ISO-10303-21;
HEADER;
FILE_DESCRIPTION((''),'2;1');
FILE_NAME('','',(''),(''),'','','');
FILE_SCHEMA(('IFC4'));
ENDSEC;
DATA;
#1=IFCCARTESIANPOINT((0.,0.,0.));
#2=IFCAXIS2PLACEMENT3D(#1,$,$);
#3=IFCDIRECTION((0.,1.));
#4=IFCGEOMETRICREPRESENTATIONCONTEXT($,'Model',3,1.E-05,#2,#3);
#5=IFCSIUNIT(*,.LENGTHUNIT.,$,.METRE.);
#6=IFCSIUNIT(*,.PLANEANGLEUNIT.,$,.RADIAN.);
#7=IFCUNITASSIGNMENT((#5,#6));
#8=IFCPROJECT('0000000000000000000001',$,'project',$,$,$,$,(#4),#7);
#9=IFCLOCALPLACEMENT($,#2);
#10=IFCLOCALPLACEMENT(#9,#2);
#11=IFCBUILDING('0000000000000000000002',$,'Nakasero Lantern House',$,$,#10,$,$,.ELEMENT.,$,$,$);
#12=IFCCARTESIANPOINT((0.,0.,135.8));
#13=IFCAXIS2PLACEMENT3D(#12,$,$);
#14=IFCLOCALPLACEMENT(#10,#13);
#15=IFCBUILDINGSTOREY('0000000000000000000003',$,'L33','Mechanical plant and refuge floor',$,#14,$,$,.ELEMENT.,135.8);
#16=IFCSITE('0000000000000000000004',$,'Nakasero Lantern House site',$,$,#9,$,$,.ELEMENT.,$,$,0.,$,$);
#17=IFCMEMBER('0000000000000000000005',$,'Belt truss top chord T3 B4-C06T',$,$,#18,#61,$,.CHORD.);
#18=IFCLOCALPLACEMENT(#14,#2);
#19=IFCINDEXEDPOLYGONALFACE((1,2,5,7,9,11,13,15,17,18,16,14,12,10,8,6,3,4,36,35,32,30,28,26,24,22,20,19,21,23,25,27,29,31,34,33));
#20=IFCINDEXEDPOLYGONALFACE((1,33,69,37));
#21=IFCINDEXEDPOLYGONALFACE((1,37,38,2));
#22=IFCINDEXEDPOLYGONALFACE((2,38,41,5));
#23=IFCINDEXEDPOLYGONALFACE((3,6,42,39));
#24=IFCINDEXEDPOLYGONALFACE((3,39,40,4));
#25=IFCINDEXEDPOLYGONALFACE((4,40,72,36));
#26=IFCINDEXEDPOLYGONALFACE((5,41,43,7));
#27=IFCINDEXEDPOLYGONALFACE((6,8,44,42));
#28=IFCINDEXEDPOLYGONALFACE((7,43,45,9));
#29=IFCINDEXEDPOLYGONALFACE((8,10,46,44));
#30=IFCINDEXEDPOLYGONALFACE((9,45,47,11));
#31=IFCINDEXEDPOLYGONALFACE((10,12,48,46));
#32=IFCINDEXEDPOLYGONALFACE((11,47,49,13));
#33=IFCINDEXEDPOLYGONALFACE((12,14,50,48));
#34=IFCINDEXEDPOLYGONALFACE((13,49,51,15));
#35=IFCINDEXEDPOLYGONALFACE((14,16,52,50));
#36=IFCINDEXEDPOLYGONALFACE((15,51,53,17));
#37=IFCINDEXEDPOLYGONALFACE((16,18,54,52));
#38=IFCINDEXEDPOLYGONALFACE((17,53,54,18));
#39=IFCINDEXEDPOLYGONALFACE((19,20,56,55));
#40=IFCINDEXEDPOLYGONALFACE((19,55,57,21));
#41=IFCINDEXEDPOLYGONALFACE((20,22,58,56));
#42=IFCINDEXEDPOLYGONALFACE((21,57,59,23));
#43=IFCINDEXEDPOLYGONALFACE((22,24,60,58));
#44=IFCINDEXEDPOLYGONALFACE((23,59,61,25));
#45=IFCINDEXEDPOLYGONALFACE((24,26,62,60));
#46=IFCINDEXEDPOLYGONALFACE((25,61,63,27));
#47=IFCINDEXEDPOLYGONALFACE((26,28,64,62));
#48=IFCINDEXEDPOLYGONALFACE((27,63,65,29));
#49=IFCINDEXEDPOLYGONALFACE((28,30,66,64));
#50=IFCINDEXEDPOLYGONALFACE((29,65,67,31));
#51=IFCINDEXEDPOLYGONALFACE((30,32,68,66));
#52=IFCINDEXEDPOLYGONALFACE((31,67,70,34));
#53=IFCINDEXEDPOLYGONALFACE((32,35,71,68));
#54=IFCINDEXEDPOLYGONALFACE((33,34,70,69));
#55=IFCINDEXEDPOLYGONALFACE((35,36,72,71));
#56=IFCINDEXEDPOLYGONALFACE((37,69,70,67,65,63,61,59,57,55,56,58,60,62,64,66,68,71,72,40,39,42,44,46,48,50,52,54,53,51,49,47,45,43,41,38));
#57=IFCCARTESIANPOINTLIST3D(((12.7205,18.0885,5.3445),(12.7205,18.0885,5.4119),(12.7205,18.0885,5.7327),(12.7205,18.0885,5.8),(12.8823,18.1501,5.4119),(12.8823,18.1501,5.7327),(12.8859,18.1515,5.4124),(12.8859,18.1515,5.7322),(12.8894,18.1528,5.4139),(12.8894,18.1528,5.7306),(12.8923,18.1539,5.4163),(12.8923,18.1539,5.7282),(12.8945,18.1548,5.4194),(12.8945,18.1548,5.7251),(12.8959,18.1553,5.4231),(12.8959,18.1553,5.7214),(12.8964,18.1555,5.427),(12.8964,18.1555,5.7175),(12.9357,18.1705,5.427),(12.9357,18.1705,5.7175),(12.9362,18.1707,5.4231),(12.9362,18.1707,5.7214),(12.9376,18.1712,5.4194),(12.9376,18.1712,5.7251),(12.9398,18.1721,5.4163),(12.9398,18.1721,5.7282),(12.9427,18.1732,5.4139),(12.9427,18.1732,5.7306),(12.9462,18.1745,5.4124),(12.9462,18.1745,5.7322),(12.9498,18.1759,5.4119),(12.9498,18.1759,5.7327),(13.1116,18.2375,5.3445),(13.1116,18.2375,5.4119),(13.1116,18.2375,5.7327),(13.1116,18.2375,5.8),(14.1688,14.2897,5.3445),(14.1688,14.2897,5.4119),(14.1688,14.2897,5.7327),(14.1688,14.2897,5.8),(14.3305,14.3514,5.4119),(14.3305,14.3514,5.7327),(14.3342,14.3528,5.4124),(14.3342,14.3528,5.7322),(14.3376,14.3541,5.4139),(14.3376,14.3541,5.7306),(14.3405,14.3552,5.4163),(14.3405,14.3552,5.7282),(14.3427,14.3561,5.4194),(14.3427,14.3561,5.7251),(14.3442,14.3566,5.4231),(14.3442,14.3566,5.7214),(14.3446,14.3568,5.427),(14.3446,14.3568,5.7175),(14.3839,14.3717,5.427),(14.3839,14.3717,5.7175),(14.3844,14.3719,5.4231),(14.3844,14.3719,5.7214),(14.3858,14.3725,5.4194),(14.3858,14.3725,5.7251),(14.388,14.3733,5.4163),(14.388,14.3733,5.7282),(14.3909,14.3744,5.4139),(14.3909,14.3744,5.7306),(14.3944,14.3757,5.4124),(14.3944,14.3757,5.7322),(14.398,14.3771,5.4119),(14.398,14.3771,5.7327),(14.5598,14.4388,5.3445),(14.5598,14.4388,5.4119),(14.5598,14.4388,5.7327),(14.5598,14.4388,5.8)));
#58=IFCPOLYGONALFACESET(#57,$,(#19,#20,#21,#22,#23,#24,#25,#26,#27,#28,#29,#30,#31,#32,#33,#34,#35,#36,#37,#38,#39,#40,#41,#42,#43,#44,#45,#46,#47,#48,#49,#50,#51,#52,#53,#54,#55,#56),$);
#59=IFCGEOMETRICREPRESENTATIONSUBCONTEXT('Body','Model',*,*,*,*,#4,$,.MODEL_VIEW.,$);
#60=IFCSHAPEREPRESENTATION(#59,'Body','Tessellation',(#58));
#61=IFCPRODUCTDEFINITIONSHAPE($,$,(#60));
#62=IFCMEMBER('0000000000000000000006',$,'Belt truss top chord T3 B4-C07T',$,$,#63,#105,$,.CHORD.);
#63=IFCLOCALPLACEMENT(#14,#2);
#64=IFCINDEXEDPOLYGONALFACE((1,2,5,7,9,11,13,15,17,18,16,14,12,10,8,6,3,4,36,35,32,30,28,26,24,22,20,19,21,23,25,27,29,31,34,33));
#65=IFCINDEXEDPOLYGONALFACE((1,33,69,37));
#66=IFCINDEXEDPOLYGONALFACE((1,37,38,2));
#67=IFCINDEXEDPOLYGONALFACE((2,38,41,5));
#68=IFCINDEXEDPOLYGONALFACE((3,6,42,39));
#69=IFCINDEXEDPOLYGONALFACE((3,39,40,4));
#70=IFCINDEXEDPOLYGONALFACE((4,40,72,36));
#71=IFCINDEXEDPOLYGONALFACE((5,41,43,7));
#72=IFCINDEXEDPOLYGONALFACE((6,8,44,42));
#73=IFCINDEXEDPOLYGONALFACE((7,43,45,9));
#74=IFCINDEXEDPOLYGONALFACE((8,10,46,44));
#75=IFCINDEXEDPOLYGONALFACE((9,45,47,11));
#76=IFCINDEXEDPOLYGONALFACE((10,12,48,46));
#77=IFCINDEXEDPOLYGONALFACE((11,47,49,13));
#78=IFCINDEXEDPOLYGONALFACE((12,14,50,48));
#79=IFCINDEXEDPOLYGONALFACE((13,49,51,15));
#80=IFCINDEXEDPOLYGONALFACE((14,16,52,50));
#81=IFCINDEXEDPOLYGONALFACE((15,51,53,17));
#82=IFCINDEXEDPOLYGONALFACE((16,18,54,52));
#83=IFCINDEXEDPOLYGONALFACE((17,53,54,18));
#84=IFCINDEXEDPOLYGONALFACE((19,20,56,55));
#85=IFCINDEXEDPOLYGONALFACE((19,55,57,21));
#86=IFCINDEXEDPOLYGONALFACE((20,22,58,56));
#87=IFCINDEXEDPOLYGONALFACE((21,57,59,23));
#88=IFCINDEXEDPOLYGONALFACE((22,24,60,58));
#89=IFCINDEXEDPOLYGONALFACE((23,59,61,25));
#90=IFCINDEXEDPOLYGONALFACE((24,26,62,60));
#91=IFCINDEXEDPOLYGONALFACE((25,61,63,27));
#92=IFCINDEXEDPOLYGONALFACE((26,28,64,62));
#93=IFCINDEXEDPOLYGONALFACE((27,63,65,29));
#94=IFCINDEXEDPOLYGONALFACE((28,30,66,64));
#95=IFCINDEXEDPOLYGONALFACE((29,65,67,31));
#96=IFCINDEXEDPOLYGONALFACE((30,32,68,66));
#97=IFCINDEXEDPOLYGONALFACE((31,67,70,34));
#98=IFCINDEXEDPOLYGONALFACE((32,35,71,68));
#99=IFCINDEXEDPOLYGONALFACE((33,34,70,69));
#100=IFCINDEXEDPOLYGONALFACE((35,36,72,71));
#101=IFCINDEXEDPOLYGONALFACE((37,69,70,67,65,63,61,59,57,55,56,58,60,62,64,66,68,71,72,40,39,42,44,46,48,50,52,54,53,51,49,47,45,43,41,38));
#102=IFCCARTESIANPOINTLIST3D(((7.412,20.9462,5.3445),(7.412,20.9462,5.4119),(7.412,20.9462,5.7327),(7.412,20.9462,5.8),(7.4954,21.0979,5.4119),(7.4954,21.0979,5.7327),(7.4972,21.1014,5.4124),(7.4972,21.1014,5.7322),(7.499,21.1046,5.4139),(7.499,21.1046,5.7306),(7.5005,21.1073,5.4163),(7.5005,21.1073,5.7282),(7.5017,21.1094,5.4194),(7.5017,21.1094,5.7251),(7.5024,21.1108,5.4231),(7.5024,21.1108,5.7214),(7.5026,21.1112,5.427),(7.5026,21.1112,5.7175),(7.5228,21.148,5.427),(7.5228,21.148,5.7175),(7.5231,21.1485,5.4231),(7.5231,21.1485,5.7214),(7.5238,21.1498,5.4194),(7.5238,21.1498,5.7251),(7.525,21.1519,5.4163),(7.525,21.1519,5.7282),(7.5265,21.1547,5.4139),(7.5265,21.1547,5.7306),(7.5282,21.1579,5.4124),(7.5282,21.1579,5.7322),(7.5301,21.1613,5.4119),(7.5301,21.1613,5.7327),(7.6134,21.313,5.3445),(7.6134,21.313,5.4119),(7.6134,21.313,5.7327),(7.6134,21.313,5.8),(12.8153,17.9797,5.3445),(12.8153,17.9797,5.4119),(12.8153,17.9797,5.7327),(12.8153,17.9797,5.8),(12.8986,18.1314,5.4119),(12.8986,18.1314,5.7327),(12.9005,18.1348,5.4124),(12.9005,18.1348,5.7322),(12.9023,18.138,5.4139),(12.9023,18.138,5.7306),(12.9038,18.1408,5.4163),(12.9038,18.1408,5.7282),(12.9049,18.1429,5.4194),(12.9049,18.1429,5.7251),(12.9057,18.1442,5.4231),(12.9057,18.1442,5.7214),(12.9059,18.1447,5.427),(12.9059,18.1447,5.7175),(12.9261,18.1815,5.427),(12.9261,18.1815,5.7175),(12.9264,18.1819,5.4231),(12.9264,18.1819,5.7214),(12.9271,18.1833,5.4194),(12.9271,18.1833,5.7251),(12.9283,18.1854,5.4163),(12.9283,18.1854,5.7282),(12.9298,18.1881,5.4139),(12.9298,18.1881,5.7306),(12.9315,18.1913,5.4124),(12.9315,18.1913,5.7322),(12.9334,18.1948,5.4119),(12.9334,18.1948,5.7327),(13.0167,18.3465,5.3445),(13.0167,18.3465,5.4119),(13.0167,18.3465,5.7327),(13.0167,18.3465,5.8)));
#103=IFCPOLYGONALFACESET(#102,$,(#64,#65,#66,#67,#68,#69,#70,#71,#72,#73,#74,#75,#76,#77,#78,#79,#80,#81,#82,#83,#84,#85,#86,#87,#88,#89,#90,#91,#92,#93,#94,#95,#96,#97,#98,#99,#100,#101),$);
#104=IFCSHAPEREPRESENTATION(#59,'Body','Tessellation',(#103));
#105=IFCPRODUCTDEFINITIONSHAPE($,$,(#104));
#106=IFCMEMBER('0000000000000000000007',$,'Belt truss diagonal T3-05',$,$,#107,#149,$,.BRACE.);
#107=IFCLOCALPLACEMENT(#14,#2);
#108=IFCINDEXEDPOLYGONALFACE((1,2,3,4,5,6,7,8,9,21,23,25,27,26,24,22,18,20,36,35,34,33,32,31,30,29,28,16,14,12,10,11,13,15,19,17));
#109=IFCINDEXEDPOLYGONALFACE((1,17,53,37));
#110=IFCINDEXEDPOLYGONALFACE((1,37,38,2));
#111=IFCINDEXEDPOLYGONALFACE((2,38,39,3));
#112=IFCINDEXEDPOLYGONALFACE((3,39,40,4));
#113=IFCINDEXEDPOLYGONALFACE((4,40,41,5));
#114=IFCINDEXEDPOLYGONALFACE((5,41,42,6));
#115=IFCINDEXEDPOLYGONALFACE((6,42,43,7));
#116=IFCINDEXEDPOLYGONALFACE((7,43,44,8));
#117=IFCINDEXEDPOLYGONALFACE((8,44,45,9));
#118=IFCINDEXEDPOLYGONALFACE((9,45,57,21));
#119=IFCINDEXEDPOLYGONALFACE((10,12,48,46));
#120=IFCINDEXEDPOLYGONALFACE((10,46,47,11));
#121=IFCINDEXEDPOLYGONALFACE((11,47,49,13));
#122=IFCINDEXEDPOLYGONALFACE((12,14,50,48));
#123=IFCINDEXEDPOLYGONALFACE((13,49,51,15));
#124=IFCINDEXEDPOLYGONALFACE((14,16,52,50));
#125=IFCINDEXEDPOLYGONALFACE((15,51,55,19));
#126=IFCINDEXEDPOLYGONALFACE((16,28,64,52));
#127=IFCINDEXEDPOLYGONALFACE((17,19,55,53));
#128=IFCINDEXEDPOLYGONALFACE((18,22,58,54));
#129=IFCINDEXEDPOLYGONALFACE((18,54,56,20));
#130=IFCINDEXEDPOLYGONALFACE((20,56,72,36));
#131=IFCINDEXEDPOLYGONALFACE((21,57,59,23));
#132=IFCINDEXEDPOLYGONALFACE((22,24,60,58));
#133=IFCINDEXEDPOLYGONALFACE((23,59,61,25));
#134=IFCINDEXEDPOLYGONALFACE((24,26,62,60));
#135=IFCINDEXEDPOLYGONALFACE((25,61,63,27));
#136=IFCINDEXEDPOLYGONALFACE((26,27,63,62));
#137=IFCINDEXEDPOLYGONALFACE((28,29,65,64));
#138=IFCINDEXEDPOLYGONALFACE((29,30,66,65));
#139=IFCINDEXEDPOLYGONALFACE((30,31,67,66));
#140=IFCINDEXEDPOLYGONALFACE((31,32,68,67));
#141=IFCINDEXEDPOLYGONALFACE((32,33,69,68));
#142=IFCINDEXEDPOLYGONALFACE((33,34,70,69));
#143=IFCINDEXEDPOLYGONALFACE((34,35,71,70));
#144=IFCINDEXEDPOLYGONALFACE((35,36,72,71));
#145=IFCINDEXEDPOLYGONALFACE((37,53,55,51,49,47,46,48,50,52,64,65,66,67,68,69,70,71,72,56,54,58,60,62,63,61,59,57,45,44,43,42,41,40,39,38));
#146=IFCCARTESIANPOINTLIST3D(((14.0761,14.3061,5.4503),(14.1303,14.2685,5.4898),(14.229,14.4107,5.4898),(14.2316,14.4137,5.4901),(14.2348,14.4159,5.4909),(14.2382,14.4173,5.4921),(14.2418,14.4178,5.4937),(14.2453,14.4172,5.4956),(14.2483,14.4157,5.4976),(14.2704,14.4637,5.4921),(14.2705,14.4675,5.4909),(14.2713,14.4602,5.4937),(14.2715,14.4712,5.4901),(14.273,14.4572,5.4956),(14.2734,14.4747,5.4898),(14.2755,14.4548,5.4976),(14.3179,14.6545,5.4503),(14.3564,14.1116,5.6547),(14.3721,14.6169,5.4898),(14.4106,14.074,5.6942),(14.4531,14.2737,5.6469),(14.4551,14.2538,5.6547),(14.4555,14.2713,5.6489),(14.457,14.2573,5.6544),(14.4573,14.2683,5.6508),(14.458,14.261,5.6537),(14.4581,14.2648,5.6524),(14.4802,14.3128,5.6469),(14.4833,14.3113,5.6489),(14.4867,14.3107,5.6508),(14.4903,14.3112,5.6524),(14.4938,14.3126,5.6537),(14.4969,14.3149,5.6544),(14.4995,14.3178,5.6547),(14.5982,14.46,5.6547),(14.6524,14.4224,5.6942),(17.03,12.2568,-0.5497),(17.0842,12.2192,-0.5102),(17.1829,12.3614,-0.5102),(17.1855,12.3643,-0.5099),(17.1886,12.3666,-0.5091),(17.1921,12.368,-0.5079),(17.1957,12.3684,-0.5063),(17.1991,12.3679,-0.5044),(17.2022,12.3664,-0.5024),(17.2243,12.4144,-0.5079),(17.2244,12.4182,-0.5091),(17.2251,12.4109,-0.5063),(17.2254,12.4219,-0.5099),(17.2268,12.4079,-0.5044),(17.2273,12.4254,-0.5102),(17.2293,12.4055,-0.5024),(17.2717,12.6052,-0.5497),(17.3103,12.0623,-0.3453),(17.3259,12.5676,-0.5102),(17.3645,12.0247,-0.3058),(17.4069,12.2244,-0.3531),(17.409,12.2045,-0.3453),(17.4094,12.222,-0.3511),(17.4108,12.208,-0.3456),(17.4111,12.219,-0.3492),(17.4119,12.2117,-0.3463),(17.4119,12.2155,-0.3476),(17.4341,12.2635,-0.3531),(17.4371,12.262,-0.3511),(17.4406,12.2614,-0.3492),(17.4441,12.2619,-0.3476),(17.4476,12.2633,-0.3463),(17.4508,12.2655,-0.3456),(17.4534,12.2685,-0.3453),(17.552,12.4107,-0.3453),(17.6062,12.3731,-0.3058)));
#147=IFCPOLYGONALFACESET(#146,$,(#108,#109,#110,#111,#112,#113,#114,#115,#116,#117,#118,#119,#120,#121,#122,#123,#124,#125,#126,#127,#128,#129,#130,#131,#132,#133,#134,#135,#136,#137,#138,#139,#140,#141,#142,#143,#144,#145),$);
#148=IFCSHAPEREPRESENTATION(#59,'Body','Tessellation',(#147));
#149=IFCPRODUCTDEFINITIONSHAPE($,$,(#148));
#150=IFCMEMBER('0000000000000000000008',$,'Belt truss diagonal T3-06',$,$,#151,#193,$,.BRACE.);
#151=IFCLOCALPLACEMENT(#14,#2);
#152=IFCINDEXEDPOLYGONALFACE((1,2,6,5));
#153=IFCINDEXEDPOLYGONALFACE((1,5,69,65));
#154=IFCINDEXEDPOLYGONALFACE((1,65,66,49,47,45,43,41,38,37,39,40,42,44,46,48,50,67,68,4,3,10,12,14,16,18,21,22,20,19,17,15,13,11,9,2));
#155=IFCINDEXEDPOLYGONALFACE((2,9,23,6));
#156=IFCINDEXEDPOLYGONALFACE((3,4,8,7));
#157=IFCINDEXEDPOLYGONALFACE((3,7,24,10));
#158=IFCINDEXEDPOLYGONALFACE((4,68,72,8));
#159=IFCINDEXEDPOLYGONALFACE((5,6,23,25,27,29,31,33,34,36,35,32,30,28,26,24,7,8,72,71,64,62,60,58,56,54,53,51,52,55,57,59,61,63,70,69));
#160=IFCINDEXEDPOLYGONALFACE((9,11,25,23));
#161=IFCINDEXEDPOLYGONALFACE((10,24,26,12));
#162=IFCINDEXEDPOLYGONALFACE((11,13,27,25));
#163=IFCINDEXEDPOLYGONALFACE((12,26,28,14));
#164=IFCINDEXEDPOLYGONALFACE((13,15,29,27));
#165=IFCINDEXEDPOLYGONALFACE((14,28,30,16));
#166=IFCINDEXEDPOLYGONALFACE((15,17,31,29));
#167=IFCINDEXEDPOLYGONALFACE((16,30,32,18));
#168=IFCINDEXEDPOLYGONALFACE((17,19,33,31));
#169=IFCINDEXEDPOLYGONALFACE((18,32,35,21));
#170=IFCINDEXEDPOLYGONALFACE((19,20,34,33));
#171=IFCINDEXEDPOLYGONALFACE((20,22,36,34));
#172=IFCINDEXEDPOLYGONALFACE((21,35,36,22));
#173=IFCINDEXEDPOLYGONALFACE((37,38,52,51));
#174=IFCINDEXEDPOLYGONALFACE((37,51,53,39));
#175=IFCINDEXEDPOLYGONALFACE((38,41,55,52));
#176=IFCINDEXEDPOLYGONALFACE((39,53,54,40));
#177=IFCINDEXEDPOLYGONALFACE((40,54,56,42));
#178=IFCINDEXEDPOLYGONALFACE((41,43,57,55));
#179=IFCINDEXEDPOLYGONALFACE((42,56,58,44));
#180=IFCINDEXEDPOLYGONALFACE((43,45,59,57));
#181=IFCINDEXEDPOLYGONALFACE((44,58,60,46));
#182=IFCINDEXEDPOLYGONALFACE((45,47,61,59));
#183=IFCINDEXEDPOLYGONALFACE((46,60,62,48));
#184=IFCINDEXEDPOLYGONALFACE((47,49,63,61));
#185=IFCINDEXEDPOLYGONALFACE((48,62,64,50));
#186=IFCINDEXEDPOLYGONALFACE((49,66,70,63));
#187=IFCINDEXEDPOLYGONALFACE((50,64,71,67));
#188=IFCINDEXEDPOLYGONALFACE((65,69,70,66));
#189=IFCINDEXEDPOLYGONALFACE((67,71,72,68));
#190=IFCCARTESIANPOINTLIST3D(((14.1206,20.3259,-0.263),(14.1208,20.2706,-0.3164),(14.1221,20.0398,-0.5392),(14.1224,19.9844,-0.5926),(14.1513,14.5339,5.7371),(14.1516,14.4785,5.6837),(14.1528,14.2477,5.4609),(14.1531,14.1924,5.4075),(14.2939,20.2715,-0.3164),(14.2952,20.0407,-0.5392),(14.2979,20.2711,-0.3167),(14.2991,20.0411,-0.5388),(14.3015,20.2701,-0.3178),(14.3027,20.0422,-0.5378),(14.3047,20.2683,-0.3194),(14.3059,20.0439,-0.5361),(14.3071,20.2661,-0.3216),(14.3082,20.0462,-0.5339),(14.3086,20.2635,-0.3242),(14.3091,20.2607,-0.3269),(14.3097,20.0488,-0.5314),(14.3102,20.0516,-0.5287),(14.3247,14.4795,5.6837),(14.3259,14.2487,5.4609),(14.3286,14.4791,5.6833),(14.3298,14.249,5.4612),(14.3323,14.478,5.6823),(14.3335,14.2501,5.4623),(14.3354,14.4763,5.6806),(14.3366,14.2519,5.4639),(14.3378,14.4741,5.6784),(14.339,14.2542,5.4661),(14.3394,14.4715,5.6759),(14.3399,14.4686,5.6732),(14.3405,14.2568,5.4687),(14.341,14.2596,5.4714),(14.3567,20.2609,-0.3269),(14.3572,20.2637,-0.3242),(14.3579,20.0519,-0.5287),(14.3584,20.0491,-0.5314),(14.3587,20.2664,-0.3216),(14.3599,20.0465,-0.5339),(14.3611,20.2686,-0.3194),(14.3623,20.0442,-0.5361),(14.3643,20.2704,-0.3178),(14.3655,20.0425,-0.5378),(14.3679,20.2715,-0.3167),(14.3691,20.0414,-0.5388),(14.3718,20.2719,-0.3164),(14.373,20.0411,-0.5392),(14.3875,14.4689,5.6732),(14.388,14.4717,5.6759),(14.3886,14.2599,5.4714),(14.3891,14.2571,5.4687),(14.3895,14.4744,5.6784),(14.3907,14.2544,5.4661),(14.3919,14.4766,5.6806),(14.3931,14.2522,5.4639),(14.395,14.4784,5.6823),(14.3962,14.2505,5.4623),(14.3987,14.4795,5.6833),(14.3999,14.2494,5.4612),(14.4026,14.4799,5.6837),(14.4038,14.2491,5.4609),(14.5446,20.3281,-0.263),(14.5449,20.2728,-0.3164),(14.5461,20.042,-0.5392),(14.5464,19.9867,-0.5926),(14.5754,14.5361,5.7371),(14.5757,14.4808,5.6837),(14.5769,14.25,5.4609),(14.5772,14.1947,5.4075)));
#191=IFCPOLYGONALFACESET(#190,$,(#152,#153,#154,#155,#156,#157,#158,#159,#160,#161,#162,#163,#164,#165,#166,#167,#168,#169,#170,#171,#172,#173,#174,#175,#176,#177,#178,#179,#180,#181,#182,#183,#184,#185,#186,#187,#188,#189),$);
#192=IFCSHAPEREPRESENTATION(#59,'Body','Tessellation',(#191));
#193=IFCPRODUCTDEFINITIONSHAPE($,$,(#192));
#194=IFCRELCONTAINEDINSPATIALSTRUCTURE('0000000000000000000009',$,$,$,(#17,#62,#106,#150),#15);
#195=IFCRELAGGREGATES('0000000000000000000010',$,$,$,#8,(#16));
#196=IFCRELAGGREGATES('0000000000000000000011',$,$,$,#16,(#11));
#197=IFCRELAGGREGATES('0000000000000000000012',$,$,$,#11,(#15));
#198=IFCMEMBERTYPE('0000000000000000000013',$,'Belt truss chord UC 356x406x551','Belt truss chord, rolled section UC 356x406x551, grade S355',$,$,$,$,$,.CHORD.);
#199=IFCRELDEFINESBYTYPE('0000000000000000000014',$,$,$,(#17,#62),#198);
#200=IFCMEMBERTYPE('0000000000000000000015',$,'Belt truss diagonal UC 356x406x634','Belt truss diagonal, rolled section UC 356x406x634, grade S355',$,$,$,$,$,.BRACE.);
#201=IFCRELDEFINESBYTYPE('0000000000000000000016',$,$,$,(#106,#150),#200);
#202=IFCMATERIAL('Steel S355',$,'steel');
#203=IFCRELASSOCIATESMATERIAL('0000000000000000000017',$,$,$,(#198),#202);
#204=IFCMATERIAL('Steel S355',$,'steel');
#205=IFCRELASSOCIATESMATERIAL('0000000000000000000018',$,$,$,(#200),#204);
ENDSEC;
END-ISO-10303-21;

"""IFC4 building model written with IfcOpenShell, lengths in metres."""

from ifc_helpers import new_model, si_unit, direction, frame, origin, origin_2d, place, context, subcontext, project, spatial, i_section, extrude, material, material_profile, profile_set, type_object, element, save


model = new_model("IFC4")

# Units and contexts
model_context = context("Model", 3, precision=1e-05, world=origin(), true_north=direction((0.0, 1.0)))
body_context = subcontext(model_context, "Body", "Model", "MODEL_VIEW")
ifc_project = project(units=[si_unit("LENGTHUNIT", "METRE"), si_unit("PLANEANGLEUNIT", "RADIAN")], contexts=[model_context])

# Site, building, storey
site_placement = place(None, origin())
site = spatial("IfcSite", under=ifc_project, at=site_placement, Name="Nakasero Lantern House site", CompositionType="ELEMENT", RefElevation=0.0)
building_placement = place(site_placement, origin())
building = spatial("IfcBuilding", under=site, at=building_placement, Name="Nakasero Lantern House", CompositionType="ELEMENT")
storey_placement = place(building_placement, frame((0.0, 0.0, 135.8)))
storey = spatial("IfcBuildingStorey", under=building, at=storey_placement, Name="L33", Description="Mechanical plant and refuge floor", CompositionType="ELEMENT", Elevation=135.8)

# Members
ifc_material_1 = material(Name="Steel S355", Category="steel")
ifc_material_profile_1 = material_profile(ifc_material_1, i_section(OverallWidth=0.4185, OverallDepth=0.4556, WebThickness=0.042, FlangeThickness=0.0674, FilletRadius=0.0151, at=origin_2d()), Name="UC 356x406x551")
ifc_profile_set_1 = profile_set([ifc_material_profile_1], Name="Steel S355")
member_type_1 = type_object("IfcMemberType", Name="Belt truss chord UC 356x406x551", Description="Belt truss chord, rolled section UC 356x406x551, grade S355", PredefinedType="CHORD", material=ifc_profile_set_1)
member_1_placement = place(storey_placement, frame((14.3643, 14.3643, 5.5723), z_axis=(-0.356225, 0.9344, 0.0), x_axis=(-0.9344, -0.356225, 0.0)))
element("IfcMember", 1, at=member_1_placement, inside=storey, type_object=member_type_1, Name="Belt truss top chord T3 B4-C06T", PredefinedType="CHORD", context=body_context, shape_type="SweptSolid", body=[
    extrude(i_section(OverallWidth=0.4185, OverallDepth=0.4556, WebThickness=0.042, FlangeThickness=0.0674, FilletRadius=0.0151, at=origin_2d()), origin(), (0.0, 0.0, 1.0), 4.0654),
])
member_2_placement = place(storey_placement, frame((12.916, 18.1631, 5.5723), z_axis=(-0.876577, 0.481262, 0.0), x_axis=(-0.481262, -0.876577, 0.0)))
element("IfcMember", 2, at=member_2_placement, inside=storey, type_object=member_type_1, Name="Belt truss top chord T3 B4-C07T", PredefinedType="CHORD", context=body_context, shape_type="SweptSolid", body=[
    extrude(i_section(OverallWidth=0.4185, OverallDepth=0.4556, WebThickness=0.042, FlangeThickness=0.0674, FilletRadius=0.0151, at=origin_2d()), origin(), (0.0, 0.0, 1.0), 6.1641),
])
ifc_material_2 = material(Name="Steel S355", Category="steel")
ifc_material_profile_2 = material_profile(ifc_material_2, i_section(OverallWidth=0.4241, OverallDepth=0.4746, WebThickness=0.0476, FlangeThickness=0.0769, FilletRadius=0.0151, at=origin_2d()), Name="UC 356x406x634")
ifc_profile_set_2 = profile_set([ifc_material_profile_2], Name="Steel S355")
member_type_2 = type_object("IfcMemberType", Name="Belt truss diagonal UC 356x406x634", Description="Belt truss diagonal, rolled section UC 356x406x634, grade S355", PredefinedType="BRACE", material=ifc_profile_set_2)
member_3_placement = place(storey_placement, frame((17.3181, 12.3149, -0.4277), z_axis=(-0.422303, 0.292984, 0.8578), x_axis=(-0.570025, -0.821627, 0.0)))
element("IfcMember", 3, at=member_3_placement, inside=storey, type_object=member_type_2, Name="Belt truss diagonal T3-05", PredefinedType="BRACE", context=body_context, shape_type="SweptSolid", body=[
    extrude(i_section(OverallWidth=0.4241, OverallDepth=0.4746, WebThickness=0.0476, FlangeThickness=0.0769, FilletRadius=0.0151, at=origin_2d()), origin(), (0.0, 0.0, 1.0), 6.9946),
])
member_4_placement = place(storey_placement, frame((14.3643, 14.3643, 5.5723), z_axis=(-0.003689, 0.694521, -0.719463), x_axis=(-0.999986, -0.005311, 0.0)))
element("IfcMember", 4, at=member_4_placement, inside=storey, type_object=member_type_2, Name="Belt truss diagonal T3-06", PredefinedType="BRACE", context=body_context, shape_type="SweptSolid", body=[
    extrude(i_section(OverallWidth=0.4241, OverallDepth=0.4746, WebThickness=0.0476, FlangeThickness=0.0769, FilletRadius=0.0151, at=origin_2d()), origin(), (0.0, 0.0, 1.0), 8.3396),
])

save(model, "model.ifc")
